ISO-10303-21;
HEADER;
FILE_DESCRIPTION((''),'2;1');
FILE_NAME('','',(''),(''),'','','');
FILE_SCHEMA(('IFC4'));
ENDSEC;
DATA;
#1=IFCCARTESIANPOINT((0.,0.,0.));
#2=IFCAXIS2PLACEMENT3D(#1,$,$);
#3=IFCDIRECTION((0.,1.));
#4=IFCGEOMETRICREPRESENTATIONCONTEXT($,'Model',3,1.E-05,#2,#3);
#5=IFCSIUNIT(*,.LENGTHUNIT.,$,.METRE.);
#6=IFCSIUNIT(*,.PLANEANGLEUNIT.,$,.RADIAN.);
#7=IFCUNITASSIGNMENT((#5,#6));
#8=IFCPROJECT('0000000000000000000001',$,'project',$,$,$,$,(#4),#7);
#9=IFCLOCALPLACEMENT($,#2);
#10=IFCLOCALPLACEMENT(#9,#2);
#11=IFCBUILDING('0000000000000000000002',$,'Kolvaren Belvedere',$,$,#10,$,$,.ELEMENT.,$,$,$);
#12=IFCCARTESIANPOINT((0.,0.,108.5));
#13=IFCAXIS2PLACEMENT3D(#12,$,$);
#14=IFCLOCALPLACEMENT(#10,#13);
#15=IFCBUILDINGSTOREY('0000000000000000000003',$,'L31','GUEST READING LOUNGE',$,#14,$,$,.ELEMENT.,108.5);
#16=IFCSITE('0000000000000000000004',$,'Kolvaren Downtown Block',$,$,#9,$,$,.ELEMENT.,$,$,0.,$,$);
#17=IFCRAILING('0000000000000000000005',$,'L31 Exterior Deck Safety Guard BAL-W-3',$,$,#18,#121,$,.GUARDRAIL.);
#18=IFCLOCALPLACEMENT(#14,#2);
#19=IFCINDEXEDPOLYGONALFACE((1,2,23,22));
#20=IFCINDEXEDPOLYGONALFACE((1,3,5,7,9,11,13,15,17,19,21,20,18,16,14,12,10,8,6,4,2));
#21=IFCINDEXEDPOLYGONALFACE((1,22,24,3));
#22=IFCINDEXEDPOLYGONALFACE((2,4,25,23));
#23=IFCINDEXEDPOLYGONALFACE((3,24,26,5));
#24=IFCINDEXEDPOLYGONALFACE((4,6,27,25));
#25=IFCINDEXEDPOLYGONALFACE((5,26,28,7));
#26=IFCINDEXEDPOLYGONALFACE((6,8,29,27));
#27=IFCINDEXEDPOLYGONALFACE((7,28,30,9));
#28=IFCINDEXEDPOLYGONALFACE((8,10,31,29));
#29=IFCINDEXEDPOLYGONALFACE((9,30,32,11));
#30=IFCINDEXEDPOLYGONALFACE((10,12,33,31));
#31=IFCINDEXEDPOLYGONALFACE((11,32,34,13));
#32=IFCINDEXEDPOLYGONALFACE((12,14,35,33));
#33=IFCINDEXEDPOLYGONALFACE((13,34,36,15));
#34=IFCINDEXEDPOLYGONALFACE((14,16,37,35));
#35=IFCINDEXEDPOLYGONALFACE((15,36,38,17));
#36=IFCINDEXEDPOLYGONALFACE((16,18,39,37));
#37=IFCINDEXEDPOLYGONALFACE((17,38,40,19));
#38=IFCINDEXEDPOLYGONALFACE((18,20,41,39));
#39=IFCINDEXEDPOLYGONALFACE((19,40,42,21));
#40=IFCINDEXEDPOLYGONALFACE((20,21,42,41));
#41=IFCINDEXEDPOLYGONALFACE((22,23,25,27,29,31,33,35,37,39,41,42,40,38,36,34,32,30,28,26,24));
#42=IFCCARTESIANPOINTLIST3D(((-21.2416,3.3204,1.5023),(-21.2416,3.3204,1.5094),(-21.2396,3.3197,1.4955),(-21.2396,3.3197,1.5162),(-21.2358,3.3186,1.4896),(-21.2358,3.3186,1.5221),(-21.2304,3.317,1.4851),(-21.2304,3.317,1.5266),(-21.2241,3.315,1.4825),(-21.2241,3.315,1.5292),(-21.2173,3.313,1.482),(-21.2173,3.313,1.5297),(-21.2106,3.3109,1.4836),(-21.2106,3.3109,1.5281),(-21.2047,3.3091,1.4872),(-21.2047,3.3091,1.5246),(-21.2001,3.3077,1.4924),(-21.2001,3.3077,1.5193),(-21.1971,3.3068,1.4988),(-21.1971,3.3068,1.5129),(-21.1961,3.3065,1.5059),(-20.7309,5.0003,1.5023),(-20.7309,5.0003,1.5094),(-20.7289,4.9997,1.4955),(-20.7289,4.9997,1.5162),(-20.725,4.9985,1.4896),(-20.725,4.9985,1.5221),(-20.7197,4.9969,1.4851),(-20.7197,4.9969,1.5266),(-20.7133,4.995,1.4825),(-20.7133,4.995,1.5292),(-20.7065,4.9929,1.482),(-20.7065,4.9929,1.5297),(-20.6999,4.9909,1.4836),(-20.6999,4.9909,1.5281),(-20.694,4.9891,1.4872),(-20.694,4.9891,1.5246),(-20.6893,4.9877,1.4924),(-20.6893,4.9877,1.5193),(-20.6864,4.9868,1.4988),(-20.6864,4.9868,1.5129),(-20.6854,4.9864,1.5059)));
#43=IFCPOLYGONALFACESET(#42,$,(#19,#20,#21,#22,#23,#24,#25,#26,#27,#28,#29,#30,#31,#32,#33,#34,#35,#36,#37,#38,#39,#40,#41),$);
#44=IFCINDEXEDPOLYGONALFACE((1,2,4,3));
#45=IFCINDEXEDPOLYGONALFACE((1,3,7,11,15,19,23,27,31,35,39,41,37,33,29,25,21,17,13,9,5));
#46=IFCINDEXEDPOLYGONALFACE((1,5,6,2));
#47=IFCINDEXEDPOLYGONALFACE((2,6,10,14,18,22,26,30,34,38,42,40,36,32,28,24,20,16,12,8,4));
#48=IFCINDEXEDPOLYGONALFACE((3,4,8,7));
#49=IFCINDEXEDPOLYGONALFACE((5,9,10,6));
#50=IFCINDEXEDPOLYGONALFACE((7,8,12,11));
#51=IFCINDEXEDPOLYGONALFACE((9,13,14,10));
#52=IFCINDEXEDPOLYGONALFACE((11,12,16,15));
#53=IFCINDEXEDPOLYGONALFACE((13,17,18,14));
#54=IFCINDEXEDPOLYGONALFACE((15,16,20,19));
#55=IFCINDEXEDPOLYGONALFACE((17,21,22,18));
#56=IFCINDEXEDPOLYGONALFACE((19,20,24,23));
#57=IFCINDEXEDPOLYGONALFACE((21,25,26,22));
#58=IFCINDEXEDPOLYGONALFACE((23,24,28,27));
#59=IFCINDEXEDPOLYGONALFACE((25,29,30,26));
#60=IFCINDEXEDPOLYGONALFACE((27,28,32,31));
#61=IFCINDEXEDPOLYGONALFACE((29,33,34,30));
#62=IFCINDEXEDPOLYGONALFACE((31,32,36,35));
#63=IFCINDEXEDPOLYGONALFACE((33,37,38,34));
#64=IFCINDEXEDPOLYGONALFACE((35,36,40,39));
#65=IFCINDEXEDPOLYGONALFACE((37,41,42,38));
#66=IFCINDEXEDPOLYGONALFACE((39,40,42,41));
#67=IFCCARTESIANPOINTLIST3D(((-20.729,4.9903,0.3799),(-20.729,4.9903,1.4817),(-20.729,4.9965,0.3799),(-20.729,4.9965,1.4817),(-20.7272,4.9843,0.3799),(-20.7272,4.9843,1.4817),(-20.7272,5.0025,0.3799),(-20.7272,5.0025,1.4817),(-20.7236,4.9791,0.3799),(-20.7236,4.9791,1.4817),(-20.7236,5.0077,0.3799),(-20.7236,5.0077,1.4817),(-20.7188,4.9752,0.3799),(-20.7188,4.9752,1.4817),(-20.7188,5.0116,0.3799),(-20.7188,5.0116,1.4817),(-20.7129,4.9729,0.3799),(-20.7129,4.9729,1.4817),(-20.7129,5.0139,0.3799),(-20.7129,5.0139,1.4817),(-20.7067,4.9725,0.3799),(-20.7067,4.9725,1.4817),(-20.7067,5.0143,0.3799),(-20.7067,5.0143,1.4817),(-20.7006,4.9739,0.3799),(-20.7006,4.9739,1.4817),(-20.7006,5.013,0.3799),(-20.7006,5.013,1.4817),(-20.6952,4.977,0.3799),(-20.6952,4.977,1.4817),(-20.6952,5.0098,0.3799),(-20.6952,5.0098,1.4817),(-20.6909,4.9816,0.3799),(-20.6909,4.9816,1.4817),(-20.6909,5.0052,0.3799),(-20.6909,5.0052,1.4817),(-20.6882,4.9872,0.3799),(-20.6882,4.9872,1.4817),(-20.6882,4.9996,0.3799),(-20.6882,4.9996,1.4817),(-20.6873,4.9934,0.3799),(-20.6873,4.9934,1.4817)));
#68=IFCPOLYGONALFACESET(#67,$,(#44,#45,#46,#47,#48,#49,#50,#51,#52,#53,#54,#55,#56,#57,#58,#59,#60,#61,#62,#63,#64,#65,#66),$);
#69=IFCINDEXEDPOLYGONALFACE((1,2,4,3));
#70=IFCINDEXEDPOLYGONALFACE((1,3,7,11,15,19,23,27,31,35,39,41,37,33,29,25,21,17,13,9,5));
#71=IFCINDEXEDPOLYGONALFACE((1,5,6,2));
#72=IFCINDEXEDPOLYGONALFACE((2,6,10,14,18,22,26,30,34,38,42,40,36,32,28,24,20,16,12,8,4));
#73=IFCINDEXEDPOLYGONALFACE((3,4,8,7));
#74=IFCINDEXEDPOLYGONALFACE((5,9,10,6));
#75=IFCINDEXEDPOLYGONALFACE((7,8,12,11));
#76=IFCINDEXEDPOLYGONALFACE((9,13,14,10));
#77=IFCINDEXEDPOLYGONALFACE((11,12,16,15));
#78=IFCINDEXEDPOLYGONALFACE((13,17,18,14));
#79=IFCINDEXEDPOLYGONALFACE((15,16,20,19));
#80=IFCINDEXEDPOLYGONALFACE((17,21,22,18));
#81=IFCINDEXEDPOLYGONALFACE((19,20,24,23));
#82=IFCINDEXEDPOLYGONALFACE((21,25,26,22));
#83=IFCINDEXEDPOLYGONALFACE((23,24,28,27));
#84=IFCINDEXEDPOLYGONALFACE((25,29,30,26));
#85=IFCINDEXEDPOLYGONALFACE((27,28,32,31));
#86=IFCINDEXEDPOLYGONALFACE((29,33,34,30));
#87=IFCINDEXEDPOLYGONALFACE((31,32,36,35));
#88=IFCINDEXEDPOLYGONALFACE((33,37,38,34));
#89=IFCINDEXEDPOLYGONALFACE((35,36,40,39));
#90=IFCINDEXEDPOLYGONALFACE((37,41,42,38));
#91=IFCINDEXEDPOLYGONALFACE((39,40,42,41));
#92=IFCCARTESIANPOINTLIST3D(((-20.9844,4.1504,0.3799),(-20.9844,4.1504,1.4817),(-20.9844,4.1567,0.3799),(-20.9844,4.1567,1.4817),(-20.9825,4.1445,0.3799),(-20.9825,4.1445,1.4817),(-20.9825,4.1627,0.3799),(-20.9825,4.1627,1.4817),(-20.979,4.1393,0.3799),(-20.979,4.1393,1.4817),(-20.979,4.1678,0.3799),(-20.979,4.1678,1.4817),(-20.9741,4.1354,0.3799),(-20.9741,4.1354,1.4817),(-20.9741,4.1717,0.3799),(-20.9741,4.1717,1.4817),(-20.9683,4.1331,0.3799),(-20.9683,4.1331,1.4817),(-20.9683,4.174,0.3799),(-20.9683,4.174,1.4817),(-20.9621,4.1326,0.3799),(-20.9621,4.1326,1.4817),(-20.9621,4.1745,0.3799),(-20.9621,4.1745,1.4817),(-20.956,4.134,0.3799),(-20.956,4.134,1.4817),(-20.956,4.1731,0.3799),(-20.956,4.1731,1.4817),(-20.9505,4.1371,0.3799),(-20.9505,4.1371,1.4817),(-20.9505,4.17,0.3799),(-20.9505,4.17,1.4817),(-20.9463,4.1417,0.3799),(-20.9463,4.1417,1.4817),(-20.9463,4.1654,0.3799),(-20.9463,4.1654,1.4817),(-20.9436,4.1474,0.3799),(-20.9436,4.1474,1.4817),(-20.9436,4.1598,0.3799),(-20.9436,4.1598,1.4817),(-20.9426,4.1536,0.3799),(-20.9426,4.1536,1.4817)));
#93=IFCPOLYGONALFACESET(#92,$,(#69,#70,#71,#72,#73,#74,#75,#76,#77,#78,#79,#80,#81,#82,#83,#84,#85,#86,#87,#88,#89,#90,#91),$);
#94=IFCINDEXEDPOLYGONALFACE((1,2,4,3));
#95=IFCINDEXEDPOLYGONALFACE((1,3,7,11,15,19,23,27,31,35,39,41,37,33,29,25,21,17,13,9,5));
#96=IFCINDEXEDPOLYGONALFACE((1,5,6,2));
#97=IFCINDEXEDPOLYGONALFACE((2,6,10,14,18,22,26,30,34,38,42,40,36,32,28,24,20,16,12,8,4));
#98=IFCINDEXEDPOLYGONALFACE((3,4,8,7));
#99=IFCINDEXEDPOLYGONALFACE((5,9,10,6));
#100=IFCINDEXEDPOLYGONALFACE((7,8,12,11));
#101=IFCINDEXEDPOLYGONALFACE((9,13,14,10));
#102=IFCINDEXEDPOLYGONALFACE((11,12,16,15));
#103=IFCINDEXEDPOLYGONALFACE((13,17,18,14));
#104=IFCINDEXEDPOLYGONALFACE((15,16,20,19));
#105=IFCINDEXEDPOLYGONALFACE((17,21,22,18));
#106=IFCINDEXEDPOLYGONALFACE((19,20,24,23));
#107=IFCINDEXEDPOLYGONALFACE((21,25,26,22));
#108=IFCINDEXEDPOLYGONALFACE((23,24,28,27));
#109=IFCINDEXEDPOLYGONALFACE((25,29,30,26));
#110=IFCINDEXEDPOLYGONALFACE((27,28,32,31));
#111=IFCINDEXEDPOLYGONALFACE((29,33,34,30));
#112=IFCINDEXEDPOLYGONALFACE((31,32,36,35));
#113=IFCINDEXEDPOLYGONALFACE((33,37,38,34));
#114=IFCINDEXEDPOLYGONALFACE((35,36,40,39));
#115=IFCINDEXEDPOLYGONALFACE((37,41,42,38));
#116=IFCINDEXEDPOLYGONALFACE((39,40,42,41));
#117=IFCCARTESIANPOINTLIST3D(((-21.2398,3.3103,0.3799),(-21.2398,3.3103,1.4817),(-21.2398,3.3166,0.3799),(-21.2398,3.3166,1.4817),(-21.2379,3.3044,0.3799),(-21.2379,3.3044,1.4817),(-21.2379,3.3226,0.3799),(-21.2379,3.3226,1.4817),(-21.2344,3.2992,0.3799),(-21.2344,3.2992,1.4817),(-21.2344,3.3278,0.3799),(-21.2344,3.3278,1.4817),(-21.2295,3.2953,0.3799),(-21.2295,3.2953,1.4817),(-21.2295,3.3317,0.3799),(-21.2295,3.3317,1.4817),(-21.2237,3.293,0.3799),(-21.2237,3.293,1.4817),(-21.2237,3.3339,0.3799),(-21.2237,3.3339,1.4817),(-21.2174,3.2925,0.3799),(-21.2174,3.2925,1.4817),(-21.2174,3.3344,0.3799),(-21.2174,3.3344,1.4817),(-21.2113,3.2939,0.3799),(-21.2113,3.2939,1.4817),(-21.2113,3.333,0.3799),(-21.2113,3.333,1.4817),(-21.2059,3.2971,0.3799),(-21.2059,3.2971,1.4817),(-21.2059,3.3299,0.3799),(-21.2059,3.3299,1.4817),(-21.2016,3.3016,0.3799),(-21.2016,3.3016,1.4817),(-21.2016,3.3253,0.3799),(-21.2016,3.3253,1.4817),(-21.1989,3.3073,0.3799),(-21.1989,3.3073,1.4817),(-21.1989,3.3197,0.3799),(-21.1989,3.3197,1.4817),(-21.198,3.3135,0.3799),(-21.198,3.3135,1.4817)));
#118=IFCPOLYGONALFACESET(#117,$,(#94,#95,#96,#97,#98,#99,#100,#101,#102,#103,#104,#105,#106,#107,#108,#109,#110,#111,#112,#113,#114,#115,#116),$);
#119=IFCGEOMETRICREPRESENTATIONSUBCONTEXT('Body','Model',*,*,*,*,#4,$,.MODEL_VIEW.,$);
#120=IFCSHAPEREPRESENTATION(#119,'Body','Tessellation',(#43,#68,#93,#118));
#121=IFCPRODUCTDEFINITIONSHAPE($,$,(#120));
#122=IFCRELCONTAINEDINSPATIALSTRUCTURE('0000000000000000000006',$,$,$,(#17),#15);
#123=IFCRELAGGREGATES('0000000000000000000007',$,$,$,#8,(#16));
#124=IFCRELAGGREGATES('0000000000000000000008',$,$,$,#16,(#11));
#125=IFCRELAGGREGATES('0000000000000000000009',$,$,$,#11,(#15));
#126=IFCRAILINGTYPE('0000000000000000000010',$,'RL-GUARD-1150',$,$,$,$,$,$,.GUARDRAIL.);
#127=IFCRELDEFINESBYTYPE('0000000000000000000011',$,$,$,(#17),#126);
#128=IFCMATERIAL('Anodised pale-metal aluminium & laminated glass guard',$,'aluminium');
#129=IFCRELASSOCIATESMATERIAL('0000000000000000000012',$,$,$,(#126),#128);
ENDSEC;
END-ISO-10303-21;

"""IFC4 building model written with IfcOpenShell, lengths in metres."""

from ifc_helpers import new_model, si_unit, direction, frame, origin, origin_2d, place, context, subcontext, project, spatial, circle, extrude, material, type_object, element, save


model = new_model("IFC4")

# Units and contexts
model_context = context("Model", 3, precision=1e-05, world=origin(), true_north=direction((0.0, 1.0)))
body_context = subcontext(model_context, "Body", "Model", "MODEL_VIEW")
ifc_project = project(units=[si_unit("LENGTHUNIT", "METRE"), si_unit("PLANEANGLEUNIT", "RADIAN")], contexts=[model_context])

# Site, building, storey
site_placement = place(None, origin())
site = spatial("IfcSite", under=ifc_project, at=site_placement, Name="Kolvaren Downtown Block", CompositionType="ELEMENT", RefElevation=0.0)
building_placement = place(site_placement, origin())
building = spatial("IfcBuilding", under=site, at=building_placement, Name="Kolvaren Belvedere", CompositionType="ELEMENT")
storey_placement = place(building_placement, frame((0.0, 0.0, 108.5)))
storey = spatial("IfcBuildingStorey", under=building, at=storey_placement, Name="L31", Description="GUEST READING LOUNGE", CompositionType="ELEMENT", Elevation=108.5)

# Railing
ifc_material_1 = material(Name="Anodised pale-metal aluminium & laminated glass guard", Category="aluminium")
railing_type = type_object("IfcRailingType", Name="RL-GUARD-1150", PredefinedType="GUARDRAIL", material=ifc_material_1)
railing_1_placement = place(storey_placement, frame((-20.7083, 4.9934, 0.3799)))
element("IfcRailing", 1, at=railing_1_placement, inside=storey, type_object=railing_type, Name="L31 Exterior Deck Safety Guard BAL-W-3", PredefinedType="GUARDRAIL", context=body_context, shape_type="SweptSolid", body=[
    extrude(circle(Radius=0.0239, at=origin_2d()), frame((0.0, 0.0, 1.126), z_axis=(-0.290879, -0.95676, 0.0), x_axis=(0.95676, -0.290879, 0.0)), (0.0, 0.0, 1.0), 1.7559),
    extrude(circle(Radius=0.021, at=origin_2d()), origin(), (0.0, 0.0, 1.0), 1.1018),
    extrude(circle(Radius=0.021, at=origin_2d()), frame((-0.2554, -0.8398, 0.0)), (0.0, 0.0, 1.0), 1.1018),
    extrude(circle(Radius=0.021, at=origin_2d()), frame((-0.5107, -1.6799, 0.0)), (0.0, 0.0, 1.0), 1.1018),
])

save(model, "model.ifc")
